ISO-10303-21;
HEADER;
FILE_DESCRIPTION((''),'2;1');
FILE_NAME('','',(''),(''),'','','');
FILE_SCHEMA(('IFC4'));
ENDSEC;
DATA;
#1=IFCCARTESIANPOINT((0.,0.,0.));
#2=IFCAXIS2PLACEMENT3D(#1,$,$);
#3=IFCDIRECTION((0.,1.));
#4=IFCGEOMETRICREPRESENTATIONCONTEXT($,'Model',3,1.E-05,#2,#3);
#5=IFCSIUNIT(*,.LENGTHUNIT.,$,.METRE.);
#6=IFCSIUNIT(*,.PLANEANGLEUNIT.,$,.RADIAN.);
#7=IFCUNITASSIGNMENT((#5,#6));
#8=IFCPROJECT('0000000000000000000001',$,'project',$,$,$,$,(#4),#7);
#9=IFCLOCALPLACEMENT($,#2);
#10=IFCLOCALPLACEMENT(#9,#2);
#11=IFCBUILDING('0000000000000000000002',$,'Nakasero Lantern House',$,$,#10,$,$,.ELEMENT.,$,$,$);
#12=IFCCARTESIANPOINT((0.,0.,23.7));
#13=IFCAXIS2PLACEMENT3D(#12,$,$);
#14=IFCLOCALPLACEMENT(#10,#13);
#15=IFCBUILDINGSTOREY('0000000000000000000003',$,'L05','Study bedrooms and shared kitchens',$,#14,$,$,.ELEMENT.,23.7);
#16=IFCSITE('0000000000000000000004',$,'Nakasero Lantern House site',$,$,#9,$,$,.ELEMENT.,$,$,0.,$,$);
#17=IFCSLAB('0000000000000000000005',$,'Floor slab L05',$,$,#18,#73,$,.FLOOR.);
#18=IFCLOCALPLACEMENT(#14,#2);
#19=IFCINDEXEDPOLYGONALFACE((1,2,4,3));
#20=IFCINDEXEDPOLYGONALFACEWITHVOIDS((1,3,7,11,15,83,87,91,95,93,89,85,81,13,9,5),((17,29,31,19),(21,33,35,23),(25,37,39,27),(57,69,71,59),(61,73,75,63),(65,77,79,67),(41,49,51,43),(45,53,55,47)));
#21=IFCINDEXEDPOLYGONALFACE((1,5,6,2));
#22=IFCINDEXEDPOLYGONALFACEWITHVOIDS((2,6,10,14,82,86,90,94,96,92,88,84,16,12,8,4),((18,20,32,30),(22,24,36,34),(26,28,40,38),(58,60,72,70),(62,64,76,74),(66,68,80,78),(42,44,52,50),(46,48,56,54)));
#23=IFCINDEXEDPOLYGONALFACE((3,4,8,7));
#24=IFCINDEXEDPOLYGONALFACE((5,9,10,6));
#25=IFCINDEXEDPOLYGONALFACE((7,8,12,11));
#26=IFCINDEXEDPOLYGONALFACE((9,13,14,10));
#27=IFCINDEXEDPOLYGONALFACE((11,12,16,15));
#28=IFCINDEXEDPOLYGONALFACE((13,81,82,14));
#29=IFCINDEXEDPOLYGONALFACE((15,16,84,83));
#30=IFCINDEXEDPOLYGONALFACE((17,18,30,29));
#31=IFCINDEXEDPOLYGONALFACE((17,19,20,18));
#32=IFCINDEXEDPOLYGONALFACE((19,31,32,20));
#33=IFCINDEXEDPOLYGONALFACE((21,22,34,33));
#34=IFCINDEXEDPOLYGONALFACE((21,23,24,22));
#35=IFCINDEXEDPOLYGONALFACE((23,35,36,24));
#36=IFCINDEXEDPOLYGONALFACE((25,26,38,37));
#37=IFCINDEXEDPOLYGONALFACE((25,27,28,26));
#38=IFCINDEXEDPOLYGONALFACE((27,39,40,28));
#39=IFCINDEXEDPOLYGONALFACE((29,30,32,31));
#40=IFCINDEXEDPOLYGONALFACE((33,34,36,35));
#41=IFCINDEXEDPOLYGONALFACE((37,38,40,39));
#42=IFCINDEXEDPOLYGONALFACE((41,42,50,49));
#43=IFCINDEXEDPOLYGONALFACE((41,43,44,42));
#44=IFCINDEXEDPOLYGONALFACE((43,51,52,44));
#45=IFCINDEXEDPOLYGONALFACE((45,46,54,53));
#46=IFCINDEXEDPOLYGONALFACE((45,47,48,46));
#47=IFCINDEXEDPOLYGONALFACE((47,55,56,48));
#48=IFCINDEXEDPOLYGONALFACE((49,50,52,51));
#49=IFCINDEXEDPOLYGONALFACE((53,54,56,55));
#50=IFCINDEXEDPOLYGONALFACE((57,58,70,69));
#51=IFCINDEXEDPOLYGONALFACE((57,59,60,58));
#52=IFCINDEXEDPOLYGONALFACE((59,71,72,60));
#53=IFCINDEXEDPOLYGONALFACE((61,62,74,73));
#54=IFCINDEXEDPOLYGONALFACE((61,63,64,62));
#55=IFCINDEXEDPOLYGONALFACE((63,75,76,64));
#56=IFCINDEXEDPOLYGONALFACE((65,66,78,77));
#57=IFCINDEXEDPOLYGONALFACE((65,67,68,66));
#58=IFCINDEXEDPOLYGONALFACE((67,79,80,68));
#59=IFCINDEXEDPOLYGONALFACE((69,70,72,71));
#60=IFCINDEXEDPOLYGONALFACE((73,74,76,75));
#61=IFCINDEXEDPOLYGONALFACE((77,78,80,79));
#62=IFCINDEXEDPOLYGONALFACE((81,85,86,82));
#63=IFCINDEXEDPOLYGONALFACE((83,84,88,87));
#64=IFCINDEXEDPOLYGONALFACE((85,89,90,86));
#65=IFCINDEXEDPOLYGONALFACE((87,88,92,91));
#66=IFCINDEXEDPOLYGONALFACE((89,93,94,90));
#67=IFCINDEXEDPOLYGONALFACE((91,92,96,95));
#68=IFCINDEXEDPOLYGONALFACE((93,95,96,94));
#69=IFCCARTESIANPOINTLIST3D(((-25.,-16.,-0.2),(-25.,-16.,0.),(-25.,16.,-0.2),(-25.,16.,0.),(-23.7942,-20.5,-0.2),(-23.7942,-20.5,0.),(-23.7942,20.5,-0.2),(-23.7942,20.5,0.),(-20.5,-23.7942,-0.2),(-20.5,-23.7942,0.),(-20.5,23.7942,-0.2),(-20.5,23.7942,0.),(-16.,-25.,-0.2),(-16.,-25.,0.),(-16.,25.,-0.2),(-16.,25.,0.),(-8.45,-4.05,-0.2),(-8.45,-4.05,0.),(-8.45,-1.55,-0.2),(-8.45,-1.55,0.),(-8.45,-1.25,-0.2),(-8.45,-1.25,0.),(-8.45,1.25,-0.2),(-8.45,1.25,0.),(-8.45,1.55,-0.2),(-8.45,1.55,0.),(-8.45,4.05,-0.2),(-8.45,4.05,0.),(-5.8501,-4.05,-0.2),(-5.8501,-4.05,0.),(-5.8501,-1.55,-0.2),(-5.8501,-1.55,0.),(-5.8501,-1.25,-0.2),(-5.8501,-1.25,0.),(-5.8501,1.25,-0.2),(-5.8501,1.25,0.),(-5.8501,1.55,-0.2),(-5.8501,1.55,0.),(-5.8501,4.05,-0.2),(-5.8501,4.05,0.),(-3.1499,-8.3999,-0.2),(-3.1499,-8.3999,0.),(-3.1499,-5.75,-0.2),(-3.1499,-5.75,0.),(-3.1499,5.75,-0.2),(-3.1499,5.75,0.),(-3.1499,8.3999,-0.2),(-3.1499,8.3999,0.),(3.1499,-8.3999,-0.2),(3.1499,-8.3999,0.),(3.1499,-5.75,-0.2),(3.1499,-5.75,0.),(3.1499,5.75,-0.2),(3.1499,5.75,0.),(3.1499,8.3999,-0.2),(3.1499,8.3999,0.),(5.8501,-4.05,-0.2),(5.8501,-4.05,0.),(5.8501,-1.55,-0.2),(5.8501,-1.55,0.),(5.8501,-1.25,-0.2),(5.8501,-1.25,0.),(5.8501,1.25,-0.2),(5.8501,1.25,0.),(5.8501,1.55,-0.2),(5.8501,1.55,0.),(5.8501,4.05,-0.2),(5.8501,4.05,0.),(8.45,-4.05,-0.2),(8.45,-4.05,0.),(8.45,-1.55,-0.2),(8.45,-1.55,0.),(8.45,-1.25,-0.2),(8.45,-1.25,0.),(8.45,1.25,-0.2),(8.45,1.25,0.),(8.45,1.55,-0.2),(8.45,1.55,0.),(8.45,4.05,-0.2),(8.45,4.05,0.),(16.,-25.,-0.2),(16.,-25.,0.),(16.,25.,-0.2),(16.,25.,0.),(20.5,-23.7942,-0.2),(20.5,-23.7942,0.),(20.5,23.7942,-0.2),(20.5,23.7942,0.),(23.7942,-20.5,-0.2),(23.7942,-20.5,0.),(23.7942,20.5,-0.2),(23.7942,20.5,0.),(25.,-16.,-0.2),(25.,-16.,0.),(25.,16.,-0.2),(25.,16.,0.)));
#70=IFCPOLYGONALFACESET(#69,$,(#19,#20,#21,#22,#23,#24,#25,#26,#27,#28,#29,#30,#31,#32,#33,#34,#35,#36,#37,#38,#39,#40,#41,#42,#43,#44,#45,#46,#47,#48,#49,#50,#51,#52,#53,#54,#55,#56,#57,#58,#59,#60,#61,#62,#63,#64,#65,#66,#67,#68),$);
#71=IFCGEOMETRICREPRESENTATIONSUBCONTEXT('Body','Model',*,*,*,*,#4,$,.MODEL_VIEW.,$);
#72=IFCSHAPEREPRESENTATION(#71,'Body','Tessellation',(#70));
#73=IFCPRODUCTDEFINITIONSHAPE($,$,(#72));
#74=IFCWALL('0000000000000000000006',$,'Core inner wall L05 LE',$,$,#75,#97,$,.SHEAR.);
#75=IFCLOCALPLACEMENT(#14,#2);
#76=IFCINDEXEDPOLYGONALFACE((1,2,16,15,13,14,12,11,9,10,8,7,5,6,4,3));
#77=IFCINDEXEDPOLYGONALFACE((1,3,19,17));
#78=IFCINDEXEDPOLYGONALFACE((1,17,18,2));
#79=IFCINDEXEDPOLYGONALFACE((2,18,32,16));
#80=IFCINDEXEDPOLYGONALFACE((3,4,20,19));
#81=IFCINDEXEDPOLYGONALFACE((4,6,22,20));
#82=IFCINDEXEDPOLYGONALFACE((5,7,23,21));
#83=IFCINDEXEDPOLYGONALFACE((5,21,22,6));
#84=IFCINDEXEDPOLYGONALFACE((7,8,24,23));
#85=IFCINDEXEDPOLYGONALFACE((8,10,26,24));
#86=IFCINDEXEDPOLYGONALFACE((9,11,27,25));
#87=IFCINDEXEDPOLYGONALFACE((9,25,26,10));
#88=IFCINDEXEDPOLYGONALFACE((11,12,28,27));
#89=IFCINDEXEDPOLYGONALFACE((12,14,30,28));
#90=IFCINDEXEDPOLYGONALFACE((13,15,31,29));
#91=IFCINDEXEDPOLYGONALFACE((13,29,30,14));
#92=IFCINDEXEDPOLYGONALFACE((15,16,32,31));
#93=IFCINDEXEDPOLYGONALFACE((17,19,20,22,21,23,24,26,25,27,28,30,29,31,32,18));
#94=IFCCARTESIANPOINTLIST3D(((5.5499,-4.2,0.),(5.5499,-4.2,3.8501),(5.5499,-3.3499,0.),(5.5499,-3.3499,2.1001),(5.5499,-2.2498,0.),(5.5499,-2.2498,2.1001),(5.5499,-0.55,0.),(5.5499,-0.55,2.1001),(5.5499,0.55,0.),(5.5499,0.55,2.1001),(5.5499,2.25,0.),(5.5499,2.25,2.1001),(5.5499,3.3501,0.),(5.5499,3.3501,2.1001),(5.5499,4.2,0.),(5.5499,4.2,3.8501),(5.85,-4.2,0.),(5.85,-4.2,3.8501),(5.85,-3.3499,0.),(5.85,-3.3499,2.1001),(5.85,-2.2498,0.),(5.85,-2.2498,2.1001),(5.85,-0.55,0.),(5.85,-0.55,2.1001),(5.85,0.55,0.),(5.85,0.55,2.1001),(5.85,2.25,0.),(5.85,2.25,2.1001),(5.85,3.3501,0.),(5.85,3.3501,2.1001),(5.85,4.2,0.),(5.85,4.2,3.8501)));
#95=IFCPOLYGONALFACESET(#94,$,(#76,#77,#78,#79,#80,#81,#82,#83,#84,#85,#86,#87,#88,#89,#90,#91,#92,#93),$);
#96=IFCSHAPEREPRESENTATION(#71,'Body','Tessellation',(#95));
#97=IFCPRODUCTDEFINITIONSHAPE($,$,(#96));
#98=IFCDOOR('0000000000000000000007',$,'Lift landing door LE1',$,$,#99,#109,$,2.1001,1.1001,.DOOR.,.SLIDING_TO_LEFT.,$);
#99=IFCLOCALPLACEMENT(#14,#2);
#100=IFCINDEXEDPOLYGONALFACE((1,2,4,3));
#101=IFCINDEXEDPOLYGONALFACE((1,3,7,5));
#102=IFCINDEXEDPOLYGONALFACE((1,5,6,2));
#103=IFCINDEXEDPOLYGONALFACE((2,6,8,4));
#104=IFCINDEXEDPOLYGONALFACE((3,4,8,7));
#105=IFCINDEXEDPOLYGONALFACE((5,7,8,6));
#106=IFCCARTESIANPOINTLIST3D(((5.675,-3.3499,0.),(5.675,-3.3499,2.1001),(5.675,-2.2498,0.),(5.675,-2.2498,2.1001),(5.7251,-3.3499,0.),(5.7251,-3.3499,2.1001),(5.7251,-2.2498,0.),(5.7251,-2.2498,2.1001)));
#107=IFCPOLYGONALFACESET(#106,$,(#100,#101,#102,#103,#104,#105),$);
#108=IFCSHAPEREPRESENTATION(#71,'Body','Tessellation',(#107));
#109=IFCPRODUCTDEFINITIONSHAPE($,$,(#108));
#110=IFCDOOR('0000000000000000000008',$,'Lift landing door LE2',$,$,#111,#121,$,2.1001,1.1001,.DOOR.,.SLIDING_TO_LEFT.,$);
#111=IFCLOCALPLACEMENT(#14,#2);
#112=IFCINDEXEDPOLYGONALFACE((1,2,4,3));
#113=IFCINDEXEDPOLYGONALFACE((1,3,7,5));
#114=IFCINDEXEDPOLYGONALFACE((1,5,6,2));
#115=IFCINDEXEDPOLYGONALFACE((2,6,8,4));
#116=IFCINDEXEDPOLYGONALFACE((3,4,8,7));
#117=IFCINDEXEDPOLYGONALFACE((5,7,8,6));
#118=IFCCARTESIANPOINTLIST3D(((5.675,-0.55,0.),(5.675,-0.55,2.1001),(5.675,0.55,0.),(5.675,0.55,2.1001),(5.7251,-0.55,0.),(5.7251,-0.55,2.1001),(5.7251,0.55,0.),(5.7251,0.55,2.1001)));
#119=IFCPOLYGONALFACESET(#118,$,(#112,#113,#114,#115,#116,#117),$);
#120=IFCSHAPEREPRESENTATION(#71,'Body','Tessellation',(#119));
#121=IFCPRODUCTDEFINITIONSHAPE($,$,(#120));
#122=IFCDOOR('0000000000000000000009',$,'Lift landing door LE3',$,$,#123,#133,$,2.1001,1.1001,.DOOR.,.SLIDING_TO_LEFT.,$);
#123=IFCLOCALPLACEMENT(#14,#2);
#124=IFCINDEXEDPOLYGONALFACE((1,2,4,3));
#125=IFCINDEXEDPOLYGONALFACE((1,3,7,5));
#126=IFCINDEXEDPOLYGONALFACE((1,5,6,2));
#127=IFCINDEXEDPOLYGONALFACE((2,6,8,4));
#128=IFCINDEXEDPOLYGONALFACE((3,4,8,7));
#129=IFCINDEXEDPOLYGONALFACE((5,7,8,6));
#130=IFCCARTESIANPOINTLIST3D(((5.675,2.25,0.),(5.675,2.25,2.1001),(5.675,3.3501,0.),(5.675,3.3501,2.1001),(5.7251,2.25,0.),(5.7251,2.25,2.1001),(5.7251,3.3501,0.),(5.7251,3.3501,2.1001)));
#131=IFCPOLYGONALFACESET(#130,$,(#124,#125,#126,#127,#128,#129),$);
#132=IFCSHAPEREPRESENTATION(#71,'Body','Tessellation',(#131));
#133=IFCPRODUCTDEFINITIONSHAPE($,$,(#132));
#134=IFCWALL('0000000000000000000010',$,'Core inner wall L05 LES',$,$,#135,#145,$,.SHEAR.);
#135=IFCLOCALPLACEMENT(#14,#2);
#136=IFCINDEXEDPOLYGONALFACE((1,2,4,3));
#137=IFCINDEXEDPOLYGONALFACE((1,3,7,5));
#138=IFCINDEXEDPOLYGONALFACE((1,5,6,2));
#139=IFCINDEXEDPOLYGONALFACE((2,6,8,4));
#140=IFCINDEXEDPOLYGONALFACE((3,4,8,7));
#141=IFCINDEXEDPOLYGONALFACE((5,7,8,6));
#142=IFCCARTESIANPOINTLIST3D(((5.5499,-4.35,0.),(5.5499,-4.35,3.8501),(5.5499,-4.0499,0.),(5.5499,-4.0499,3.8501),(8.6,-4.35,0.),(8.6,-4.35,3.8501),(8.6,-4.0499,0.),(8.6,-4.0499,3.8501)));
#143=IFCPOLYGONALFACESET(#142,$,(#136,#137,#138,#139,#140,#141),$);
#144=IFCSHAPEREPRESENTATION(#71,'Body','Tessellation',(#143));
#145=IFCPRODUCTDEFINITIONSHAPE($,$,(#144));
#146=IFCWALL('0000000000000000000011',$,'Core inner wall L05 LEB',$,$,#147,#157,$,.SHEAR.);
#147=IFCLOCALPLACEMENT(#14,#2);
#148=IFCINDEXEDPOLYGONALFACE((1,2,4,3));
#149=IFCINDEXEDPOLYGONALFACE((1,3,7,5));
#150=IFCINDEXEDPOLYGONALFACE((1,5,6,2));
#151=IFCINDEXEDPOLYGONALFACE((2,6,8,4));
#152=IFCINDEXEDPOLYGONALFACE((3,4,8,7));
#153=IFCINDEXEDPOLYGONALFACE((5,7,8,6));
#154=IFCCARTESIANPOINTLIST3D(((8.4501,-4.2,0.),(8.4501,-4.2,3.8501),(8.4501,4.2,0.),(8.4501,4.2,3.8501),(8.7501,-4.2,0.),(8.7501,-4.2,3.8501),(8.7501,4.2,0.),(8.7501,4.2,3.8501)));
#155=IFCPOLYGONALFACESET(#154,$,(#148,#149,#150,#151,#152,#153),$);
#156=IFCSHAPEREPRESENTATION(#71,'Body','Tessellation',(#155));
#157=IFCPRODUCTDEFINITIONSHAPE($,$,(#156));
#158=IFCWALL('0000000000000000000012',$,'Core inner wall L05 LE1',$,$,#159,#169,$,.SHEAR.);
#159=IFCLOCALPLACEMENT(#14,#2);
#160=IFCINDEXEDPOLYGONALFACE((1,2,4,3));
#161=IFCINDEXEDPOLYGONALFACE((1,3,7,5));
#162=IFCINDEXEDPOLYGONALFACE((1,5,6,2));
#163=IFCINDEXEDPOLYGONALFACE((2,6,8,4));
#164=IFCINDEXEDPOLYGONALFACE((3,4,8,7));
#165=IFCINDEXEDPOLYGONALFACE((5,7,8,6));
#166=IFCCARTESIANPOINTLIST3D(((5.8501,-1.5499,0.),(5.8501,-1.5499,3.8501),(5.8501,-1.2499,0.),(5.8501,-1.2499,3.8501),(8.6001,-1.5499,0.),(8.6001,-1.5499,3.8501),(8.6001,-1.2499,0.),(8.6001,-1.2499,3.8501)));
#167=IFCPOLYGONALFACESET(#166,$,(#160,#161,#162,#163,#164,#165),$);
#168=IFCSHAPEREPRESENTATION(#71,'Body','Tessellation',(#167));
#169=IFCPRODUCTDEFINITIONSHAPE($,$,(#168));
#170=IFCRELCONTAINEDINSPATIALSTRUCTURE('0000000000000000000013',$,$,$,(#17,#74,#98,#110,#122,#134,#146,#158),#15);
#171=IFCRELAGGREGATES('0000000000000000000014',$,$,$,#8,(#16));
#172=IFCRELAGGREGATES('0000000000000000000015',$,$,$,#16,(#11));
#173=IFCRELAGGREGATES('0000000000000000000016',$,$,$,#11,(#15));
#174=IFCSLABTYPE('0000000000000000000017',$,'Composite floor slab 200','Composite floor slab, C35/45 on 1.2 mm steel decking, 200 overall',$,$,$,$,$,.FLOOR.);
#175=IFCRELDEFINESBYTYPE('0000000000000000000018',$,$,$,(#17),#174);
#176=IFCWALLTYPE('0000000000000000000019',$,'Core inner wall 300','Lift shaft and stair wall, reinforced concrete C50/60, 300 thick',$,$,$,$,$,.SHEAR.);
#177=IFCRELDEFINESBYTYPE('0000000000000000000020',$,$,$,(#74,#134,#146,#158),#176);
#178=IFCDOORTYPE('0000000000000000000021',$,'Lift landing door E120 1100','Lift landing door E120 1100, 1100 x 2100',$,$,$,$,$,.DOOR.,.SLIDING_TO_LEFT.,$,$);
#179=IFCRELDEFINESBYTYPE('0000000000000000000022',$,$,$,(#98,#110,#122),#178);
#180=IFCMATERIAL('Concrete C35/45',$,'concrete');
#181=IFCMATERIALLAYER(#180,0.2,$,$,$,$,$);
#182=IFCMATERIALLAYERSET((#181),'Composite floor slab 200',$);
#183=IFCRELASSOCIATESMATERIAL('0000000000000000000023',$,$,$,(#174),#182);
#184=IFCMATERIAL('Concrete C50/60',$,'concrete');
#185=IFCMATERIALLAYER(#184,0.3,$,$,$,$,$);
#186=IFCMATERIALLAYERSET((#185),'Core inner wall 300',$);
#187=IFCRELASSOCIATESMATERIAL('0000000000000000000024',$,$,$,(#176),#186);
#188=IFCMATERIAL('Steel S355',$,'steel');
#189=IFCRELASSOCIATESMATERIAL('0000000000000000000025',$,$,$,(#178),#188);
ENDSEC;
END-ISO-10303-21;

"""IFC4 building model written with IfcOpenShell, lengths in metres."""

from ifc_helpers import new_model, si_unit, direction, frame, frame_2d, origin, place, context, subcontext, project, spatial, polyline, rectangle, outline, extrude, material, layer, layer_set, type_object, element, fill, save


model = new_model("IFC4")

# Units and contexts
model_context = context("Model", 3, precision=1e-05, world=origin(), true_north=direction((0.0, 1.0)))
body_context = subcontext(model_context, "Body", "Model", "MODEL_VIEW")
ifc_project = project(units=[si_unit("LENGTHUNIT", "METRE"), si_unit("PLANEANGLEUNIT", "RADIAN")], contexts=[model_context])

# Site, building, storey
site_placement = place(None, origin())
site = spatial("IfcSite", under=ifc_project, at=site_placement, Name="Nakasero Lantern House site", CompositionType="ELEMENT", RefElevation=0.0)
building_placement = place(site_placement, origin())
building = spatial("IfcBuilding", under=site, at=building_placement, Name="Nakasero Lantern House", CompositionType="ELEMENT")
storey_placement = place(building_placement, frame((0.0, 0.0, 23.7)))
storey = spatial("IfcBuildingStorey", under=building, at=storey_placement, Name="L05", Description="Study bedrooms and shared kitchens", CompositionType="ELEMENT", Elevation=23.7)

# Slab
ifc_material_1 = material(Name="Concrete C35/45", Category="concrete")
ifc_layer_1 = layer(ifc_material_1, 0.2)
ifc_layer_set_1 = layer_set([ifc_layer_1], Name="Composite floor slab 200")
slab_type_1 = type_object("IfcSlabType", Name="Composite floor slab 200", Description="Composite floor slab, C35/45 on 1.2 mm steel decking, 200 overall", PredefinedType="FLOOR", material=ifc_layer_set_1)
slab_1_placement = place(storey_placement, frame((0.0, 0.0, -0.2)))
element("IfcSlab", 1, at=slab_1_placement, inside=storey, type_object=slab_type_1, Name="Floor slab L05", PredefinedType="FLOOR", context=body_context, shape_type="SweptSolid", body=[
    extrude(outline(polyline([(25.0, 16.0), (23.7942, 20.5), (20.5, 23.7942), (16.0, 25.0), (-16.0, 25.0), (-20.5, 23.7942), (-23.7942, 20.5), (-25.0, 16.0), (-25.0, -16.0), (-23.7942, -20.5), (-20.5, -23.7942), (-16.0, -25.0), (16.0, -25.0), (20.5, -23.7942), (23.7942, -20.5), (25.0, -16.0), (25.0, 16.0)]), holes=[polyline([(-8.45, -4.05), (-5.8501, -4.05), (-5.8501, -1.55), (-8.45, -1.55), (-8.45, -4.05)]), polyline([(-8.45, -1.25), (-5.8501, -1.25), (-5.8501, 1.25), (-8.45, 1.25), (-8.45, -1.25)]), polyline([(-8.45, 1.55), (-5.8501, 1.55), (-5.8501, 4.05), (-8.45, 4.05), (-8.45, 1.55)]), polyline([(5.8501, -4.05), (8.45, -4.05), (8.45, -1.55), (5.8501, -1.55), (5.8501, -4.05)]), polyline([(5.8501, -1.25), (8.45, -1.25), (8.45, 1.25), (5.8501, 1.25), (5.8501, -1.25)]), polyline([(5.8501, 1.55), (8.45, 1.55), (8.45, 4.05), (5.8501, 4.05), (5.8501, 1.55)]), polyline([(-3.1499, 5.75), (3.1499, 5.75), (3.1499, 8.3999), (-3.1499, 8.3999), (-3.1499, 5.75)]), polyline([(-3.1499, -8.3999), (3.1499, -8.3999), (3.1499, -5.75), (-3.1499, -5.75), (-3.1499, -8.3999)])]), origin(), (0.0, 0.0, 1.0), 0.2),
])

# Wall, openings, doors
ifc_material_2 = material(Name="Concrete C50/60", Category="concrete")
ifc_layer_2 = layer(ifc_material_2, 0.3)
ifc_layer_set_2 = layer_set([ifc_layer_2], Name="Core inner wall 300")
wall_type_1 = type_object("IfcWallType", Name="Core inner wall 300", Description="Lift shaft and stair wall, reinforced concrete C50/60, 300 thick", PredefinedType="SHEAR", material=ifc_layer_set_2)
wall_1_placement = place(storey_placement, frame((5.7, -4.2, 0.0), z_axis=(0.0, 0.0, 1.0), x_axis=(0.0, 1.0, 0.0)))
wall_1 = element("IfcWall", 2, at=wall_1_placement, inside=storey, type_object=wall_type_1, Name="Core inner wall L05 LE", PredefinedType="SHEAR", context=body_context, shape_type="SweptSolid", body=[
    extrude(rectangle(XDim=8.3999, YDim=0.3, at=frame_2d((4.2, 0.0))), origin(), (0.0, 0.0, 1.0), 3.8501),
])
opening_1_placement = place(wall_1_placement, frame((0.8501, 0.0, 0.0)))
opening_1 = element("IfcOpeningElement", 3, at=opening_1_placement, cuts=wall_1, PredefinedType="OPENING", context=body_context, shape_type="SweptSolid", body=[
    extrude(rectangle(XDim=1.1001, YDim=2.1001, at=frame_2d((0.55, 1.05))), frame((0.0, 0.1699, 0.0), z_axis=(0.0, -1.0, 0.0), x_axis=(1.0, 0.0, 0.0)), (0.0, 0.0, 1.0), 0.3401),
])
opening_2_placement = place(wall_1_placement, frame((3.6499, 0.0, 0.0)))
opening_2 = element("IfcOpeningElement", 4, at=opening_2_placement, cuts=wall_1, PredefinedType="OPENING", context=body_context, shape_type="SweptSolid", body=[
    extrude(rectangle(XDim=1.1001, YDim=2.1001, at=frame_2d((0.55, 1.05))), frame((0.0, 0.1699, 0.0), z_axis=(0.0, -1.0, 0.0), x_axis=(1.0, 0.0, 0.0)), (0.0, 0.0, 1.0), 0.3401),
])
opening_3_placement = place(wall_1_placement, frame((6.45, 0.0, 0.0)))
opening_3 = element("IfcOpeningElement", 5, at=opening_3_placement, cuts=wall_1, PredefinedType="OPENING", context=body_context, shape_type="SweptSolid", body=[
    extrude(rectangle(XDim=1.1001, YDim=2.1001, at=frame_2d((0.55, 1.05))), frame((0.0, 0.1699, 0.0), z_axis=(0.0, -1.0, 0.0), x_axis=(1.0, 0.0, 0.0)), (0.0, 0.0, 1.0), 0.3401),
])
ifc_material_3 = material(Name="Steel S355", Category="steel")
door_type_1 = type_object("IfcDoorType", Name="Lift landing door E120 1100", Description="Lift landing door E120 1100, 1100 x 2100", OperationType="SLIDING_TO_LEFT", PredefinedType="DOOR", material=ifc_material_3)
door_1_placement = place(opening_1_placement, origin())
door_1 = element("IfcDoor", 6, at=door_1_placement, inside=storey, type_object=door_type_1, Name="Lift landing door LE1", OperationType="SLIDING_TO_LEFT", OverallHeight=2.1001, OverallWidth=1.1001, PredefinedType="DOOR", context=body_context, shape_type="SweptSolid", body=[
    extrude(rectangle(XDim=1.1001, YDim=2.1001, at=frame_2d((0.55, 1.05))), frame((0.0, 0.0249, 0.0), z_axis=(0.0, -1.0, 0.0), x_axis=(1.0, 0.0, 0.0)), (0.0, 0.0, 1.0), 0.05),
])
fill(opening_1, door_1)
door_2_placement = place(opening_2_placement, origin())
door_2 = element("IfcDoor", 7, at=door_2_placement, inside=storey, type_object=door_type_1, Name="Lift landing door LE2", OperationType="SLIDING_TO_LEFT", OverallHeight=2.1001, OverallWidth=1.1001, PredefinedType="DOOR", context=body_context, shape_type="SweptSolid", body=[
    extrude(rectangle(XDim=1.1001, YDim=2.1001, at=frame_2d((0.55, 1.05))), frame((0.0, 0.0249, 0.0), z_axis=(0.0, -1.0, 0.0), x_axis=(1.0, 0.0, 0.0)), (0.0, 0.0, 1.0), 0.05),
])
fill(opening_2, door_2)
door_3_placement = place(opening_3_placement, origin())
door_3 = element("IfcDoor", 8, at=door_3_placement, inside=storey, type_object=door_type_1, Name="Lift landing door LE3", OperationType="SLIDING_TO_LEFT", OverallHeight=2.1001, OverallWidth=1.1001, PredefinedType="DOOR", context=body_context, shape_type="SweptSolid", body=[
    extrude(rectangle(XDim=1.1001, YDim=2.1001, at=frame_2d((0.55, 1.05))), frame((0.0, 0.0249, 0.0), z_axis=(0.0, -1.0, 0.0), x_axis=(1.0, 0.0, 0.0)), (0.0, 0.0, 1.0), 0.05),
])
fill(opening_3, door_3)

# Walls
wall_2_placement = place(storey_placement, frame((5.55, -4.2, 0.0), z_axis=(0.0, 0.0, 1.0), x_axis=(1.0, 0.0, 0.0)))
element("IfcWall", 9, at=wall_2_placement, inside=storey, type_object=wall_type_1, Name="Core inner wall L05 LES", PredefinedType="SHEAR", context=body_context, shape_type="SweptSolid", body=[
    extrude(rectangle(XDim=3.05, YDim=0.3, at=frame_2d((1.5249, 0.0))), origin(), (0.0, 0.0, 1.0), 3.8501),
])
wall_3_placement = place(storey_placement, frame((8.6001, -4.2, 0.0), z_axis=(0.0, 0.0, 1.0), x_axis=(0.0, 1.0, 0.0)))
element("IfcWall", 10, at=wall_3_placement, inside=storey, type_object=wall_type_1, Name="Core inner wall L05 LEB", PredefinedType="SHEAR", context=body_context, shape_type="SweptSolid", body=[
    extrude(rectangle(XDim=8.3999, YDim=0.3, at=frame_2d((4.2, 0.0))), origin(), (0.0, 0.0, 1.0), 3.8501),
])
wall_4_placement = place(storey_placement, frame((5.8501, -1.3999, 0.0), z_axis=(0.0, 0.0, 1.0), x_axis=(1.0, 0.0, 0.0)))
element("IfcWall", 11, at=wall_4_placement, inside=storey, type_object=wall_type_1, Name="Core inner wall L05 LE1", PredefinedType="SHEAR", context=body_context, shape_type="SweptSolid", body=[
    extrude(rectangle(XDim=2.75, YDim=0.3, at=frame_2d((1.375, 0.0))), origin(), (0.0, 0.0, 1.0), 3.8501),
])

save(model, "model.ifc")
